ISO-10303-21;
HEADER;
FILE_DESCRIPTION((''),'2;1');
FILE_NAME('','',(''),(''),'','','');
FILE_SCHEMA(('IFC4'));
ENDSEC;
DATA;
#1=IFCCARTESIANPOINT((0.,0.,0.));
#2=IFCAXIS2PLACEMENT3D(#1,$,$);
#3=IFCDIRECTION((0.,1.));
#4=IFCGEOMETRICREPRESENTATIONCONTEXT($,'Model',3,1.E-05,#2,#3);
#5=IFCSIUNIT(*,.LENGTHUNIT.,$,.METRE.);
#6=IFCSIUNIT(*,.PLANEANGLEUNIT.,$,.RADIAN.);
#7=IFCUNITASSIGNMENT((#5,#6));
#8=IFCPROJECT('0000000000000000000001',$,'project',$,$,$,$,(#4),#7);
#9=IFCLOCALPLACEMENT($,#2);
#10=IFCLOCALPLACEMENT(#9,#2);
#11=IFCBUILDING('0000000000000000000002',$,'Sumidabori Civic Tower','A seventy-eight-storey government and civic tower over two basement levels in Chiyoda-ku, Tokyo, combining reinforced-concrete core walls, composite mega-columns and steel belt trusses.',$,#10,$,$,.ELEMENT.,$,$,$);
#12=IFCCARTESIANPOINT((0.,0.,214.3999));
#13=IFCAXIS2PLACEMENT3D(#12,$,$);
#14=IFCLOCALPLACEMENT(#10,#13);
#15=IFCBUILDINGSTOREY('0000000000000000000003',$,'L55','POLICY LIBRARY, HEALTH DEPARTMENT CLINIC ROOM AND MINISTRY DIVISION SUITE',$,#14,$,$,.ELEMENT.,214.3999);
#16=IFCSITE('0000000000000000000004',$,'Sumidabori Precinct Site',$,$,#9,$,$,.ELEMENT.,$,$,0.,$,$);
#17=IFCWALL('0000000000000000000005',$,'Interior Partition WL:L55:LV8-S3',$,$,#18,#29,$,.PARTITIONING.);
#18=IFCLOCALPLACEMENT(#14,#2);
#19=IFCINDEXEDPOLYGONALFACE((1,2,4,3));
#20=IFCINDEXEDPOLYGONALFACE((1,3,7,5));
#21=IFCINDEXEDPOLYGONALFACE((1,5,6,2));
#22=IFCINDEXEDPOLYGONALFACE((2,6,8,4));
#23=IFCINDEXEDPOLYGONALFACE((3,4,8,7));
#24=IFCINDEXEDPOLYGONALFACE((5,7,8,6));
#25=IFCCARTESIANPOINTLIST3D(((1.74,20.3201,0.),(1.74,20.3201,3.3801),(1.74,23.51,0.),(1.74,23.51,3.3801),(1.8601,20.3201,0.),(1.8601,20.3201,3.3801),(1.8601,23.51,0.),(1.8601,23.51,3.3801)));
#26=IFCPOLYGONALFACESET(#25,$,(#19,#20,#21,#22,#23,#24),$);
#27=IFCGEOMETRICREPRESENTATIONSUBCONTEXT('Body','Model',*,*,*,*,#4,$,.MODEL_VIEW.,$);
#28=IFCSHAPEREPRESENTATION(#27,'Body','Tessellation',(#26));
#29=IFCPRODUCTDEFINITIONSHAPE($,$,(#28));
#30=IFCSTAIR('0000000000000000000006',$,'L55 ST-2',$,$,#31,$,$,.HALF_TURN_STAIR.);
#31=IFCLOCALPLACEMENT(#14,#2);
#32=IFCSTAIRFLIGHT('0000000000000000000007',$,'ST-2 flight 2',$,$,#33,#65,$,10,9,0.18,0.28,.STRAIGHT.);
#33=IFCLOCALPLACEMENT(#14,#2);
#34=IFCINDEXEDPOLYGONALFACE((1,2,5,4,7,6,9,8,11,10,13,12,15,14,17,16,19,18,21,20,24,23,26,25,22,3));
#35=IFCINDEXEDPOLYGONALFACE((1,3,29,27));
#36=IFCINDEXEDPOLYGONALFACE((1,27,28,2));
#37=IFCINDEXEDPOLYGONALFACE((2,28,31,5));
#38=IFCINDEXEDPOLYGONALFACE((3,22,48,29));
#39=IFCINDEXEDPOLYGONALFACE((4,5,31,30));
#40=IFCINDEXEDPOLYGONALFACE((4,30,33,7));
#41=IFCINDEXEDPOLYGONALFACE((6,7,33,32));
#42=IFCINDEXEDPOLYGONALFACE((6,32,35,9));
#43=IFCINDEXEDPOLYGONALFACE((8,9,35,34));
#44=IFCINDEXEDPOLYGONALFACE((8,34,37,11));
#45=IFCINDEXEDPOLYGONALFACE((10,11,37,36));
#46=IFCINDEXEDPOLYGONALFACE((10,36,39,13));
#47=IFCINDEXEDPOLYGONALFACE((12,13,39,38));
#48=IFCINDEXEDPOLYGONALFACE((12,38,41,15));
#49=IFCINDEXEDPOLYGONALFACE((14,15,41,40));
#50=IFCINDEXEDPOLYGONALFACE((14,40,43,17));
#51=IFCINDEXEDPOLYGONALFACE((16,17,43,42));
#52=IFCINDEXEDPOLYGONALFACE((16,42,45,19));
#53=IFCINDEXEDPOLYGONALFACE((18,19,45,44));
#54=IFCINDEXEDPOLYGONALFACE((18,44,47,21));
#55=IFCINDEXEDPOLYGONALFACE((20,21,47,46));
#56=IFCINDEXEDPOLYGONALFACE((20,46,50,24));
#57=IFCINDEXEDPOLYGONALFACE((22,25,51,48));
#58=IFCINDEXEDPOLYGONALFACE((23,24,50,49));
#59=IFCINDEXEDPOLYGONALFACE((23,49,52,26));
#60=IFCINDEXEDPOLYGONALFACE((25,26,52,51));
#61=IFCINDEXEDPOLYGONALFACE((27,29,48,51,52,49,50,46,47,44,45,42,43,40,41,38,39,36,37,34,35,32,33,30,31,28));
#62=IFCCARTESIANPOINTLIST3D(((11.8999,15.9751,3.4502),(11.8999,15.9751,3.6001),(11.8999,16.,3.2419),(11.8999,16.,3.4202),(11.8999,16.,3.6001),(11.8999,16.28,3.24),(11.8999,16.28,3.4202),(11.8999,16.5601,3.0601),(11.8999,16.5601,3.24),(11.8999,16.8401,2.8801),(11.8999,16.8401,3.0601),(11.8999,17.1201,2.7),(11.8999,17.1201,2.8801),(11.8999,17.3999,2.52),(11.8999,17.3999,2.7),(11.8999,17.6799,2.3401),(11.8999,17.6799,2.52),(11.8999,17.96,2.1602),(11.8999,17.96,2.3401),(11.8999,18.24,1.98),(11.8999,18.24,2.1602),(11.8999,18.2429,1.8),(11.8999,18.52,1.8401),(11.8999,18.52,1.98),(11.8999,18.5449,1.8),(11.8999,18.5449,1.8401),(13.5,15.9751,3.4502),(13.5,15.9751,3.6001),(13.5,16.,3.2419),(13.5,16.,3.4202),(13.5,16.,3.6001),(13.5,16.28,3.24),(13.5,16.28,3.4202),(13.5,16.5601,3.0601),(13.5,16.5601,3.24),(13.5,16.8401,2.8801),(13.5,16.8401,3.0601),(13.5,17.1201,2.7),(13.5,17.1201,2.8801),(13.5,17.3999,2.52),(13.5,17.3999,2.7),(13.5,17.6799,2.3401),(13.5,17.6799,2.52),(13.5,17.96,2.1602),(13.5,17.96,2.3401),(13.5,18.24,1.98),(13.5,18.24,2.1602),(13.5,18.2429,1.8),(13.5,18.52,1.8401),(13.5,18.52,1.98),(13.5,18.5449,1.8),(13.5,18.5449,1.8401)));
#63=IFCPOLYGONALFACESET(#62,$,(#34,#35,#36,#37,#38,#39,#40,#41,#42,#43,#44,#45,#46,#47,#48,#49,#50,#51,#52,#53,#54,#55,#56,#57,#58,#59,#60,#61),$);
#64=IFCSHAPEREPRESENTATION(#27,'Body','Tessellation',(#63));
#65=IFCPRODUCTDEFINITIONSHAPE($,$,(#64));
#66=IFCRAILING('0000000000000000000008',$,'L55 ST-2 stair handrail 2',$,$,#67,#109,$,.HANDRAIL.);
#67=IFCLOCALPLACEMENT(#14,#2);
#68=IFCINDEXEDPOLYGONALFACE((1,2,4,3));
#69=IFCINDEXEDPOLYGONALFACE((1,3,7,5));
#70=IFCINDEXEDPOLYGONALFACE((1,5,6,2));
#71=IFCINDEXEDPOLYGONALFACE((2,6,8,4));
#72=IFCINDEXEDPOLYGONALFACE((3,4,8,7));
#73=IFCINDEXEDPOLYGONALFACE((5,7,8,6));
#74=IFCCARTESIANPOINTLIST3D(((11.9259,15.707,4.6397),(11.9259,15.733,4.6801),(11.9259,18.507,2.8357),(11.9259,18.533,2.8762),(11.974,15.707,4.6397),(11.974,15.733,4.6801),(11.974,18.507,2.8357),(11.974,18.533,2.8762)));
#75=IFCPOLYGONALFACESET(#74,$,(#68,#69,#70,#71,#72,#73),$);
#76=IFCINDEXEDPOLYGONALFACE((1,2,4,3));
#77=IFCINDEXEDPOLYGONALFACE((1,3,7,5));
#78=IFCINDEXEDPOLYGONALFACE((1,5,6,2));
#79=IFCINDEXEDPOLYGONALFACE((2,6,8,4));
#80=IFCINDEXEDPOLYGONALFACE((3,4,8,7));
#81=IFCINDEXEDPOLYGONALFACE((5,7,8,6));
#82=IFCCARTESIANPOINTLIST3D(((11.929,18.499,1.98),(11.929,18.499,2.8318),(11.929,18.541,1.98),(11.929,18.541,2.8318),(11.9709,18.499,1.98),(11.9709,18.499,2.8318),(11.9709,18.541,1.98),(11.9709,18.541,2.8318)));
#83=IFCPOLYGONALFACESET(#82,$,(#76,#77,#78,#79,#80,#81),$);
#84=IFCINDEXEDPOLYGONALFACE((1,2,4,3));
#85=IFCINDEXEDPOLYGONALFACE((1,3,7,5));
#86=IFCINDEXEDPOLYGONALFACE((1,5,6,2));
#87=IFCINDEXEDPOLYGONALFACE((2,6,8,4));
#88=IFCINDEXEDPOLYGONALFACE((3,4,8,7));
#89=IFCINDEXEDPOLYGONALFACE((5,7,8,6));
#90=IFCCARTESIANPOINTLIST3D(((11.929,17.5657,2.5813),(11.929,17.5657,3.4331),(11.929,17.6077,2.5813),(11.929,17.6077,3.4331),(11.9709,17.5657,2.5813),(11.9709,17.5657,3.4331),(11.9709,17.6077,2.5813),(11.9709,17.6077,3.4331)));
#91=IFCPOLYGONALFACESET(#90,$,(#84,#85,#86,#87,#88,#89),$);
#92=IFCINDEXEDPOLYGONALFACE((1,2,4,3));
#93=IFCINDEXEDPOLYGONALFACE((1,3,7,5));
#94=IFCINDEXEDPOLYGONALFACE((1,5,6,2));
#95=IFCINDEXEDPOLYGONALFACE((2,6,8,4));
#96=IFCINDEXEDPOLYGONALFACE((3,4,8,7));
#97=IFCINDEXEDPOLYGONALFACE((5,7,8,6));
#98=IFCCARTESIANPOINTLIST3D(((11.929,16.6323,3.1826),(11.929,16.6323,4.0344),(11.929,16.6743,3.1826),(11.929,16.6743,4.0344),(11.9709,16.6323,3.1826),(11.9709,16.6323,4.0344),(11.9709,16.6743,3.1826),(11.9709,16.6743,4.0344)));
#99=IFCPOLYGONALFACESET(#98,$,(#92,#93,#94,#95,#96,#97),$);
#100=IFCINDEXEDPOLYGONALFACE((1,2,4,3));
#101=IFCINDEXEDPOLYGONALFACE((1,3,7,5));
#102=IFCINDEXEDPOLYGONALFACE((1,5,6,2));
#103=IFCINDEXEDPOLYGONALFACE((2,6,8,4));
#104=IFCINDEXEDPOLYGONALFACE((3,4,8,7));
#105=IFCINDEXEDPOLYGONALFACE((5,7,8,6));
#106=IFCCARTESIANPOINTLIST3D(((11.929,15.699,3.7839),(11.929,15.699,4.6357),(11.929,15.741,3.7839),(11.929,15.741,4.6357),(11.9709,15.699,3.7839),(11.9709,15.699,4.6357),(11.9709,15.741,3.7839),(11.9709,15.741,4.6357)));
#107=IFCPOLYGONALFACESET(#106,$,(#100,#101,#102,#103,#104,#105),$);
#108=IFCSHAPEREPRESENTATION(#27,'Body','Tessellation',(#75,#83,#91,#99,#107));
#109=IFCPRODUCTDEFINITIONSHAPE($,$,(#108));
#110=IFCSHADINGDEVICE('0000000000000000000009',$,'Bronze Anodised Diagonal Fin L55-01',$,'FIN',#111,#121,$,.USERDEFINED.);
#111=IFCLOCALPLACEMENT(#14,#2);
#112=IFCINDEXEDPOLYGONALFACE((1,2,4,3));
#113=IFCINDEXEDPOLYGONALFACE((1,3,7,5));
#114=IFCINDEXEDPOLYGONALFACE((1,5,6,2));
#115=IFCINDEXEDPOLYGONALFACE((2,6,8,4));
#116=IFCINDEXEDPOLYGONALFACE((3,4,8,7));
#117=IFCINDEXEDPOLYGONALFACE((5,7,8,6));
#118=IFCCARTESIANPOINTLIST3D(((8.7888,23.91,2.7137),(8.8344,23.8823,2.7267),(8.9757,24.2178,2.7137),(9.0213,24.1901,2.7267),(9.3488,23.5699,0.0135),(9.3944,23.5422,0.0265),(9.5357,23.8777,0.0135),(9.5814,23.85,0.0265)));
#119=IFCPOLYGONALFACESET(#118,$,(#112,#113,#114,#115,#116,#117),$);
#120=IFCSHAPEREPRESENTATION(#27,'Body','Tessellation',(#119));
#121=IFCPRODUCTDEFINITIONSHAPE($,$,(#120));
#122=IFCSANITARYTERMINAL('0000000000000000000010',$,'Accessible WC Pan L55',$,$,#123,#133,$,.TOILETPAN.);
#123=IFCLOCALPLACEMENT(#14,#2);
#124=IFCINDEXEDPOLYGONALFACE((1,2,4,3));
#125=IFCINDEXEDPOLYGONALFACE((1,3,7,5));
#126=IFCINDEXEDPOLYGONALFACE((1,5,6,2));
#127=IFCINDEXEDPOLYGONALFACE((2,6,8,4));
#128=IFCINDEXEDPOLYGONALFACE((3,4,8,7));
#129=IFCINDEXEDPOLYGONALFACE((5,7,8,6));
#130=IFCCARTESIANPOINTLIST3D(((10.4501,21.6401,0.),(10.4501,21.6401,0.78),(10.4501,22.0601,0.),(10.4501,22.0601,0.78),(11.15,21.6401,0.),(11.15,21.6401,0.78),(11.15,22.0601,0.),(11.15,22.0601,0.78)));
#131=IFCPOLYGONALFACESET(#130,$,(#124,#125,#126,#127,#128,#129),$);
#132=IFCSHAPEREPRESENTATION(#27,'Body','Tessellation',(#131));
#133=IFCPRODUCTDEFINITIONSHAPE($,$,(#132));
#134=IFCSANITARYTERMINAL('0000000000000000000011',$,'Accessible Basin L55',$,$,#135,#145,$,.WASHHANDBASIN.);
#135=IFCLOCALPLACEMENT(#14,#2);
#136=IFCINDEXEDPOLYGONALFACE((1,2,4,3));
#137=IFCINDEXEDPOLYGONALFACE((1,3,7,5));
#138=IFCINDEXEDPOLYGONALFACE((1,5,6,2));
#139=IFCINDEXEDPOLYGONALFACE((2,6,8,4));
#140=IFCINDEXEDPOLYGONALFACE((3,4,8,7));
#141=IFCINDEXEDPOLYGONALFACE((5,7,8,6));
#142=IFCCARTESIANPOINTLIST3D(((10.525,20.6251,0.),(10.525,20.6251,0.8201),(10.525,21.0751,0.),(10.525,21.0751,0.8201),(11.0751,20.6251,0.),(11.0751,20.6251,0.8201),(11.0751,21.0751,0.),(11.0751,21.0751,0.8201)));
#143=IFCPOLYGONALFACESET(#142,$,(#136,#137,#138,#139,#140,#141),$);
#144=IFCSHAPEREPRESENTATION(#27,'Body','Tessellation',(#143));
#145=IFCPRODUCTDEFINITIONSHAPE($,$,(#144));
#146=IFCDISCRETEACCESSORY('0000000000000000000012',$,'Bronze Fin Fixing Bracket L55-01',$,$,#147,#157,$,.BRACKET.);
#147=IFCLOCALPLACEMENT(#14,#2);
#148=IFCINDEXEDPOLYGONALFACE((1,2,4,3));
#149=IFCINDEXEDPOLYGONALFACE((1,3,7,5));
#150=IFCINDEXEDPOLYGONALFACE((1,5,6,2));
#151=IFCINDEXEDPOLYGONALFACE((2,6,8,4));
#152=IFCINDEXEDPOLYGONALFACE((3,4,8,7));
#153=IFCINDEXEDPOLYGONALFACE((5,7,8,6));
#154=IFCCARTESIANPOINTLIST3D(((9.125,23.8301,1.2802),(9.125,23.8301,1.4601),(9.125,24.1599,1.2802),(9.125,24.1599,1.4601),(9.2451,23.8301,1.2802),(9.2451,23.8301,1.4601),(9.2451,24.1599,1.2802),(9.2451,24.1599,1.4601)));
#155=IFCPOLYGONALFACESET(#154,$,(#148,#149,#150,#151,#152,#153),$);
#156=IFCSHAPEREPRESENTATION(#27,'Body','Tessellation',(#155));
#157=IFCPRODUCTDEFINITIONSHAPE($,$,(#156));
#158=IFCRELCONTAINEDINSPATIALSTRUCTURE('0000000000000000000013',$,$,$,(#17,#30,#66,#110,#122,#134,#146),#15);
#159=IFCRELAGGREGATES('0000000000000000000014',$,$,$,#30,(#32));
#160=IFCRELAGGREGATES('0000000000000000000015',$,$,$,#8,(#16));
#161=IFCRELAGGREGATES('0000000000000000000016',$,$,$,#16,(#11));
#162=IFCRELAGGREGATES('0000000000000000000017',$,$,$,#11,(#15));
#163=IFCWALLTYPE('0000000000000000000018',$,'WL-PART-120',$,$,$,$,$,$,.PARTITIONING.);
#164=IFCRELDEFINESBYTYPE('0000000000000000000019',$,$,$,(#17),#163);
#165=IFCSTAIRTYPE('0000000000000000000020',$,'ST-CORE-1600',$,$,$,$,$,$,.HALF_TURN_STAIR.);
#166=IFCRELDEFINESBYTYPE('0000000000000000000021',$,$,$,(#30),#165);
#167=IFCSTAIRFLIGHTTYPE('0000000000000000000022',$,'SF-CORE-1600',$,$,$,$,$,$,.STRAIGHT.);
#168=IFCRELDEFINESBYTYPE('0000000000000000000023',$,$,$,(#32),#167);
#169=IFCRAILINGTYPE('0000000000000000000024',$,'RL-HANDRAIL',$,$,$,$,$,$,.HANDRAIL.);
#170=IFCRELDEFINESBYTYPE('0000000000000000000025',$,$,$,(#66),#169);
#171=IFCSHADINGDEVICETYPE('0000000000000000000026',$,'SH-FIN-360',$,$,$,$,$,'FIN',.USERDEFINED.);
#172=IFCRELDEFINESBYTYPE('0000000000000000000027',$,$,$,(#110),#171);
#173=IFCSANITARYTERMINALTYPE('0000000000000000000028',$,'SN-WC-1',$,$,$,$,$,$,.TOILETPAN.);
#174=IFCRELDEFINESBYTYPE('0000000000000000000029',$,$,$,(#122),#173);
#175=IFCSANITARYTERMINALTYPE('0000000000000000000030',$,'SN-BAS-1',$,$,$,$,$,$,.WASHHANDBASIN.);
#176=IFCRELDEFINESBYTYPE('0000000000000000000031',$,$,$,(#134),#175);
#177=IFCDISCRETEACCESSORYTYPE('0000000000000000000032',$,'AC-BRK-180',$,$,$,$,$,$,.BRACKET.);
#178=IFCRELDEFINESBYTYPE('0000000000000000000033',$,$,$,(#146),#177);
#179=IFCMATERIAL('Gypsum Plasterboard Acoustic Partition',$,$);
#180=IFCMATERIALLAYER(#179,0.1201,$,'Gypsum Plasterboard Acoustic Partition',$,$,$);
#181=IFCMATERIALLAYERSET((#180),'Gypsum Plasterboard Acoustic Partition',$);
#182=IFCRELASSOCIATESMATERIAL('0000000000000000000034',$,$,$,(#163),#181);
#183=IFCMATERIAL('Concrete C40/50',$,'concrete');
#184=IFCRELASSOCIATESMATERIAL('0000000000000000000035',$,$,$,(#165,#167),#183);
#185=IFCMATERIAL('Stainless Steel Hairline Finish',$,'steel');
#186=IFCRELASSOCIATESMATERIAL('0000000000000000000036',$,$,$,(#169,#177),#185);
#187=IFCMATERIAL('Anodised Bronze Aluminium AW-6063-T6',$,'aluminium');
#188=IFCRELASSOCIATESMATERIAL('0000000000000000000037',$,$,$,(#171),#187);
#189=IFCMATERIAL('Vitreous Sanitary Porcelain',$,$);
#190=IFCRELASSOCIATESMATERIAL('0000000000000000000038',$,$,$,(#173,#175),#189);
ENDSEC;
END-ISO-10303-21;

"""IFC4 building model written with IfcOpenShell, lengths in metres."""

from ifc_helpers import new_model, si_unit, direction, frame, frame_2d, origin, origin_2d, place, context, subcontext, project, spatial, polyline, rectangle, outline, extrude, source, transform, mapped, material, layer, layer_set, material_profile, profile_set, type_object, element, aggregate, save


model = new_model("IFC4")

# Units and contexts
model_context = context("Model", 3, precision=1e-05, world=origin(), true_north=direction((0.0, 1.0)))
body_context = subcontext(model_context, "Body", "Model", "MODEL_VIEW")
ifc_project = project(units=[si_unit("LENGTHUNIT", "METRE"), si_unit("PLANEANGLEUNIT", "RADIAN")], contexts=[model_context])

# Site, building, storey
site_placement = place(None, origin())
site = spatial("IfcSite", under=ifc_project, at=site_placement, Name="Sumidabori Precinct Site", CompositionType="ELEMENT", RefElevation=0.0)
building_placement = place(site_placement, origin())
building = spatial("IfcBuilding", under=site, at=building_placement, Name="Sumidabori Civic Tower", Description="A seventy-eight-storey government and civic tower over two basement levels in Chiyoda-ku, Tokyo, combining reinforced-concrete core walls, composite mega-columns and steel belt trusses.", CompositionType="ELEMENT")
storey_placement = place(building_placement, frame((0.0, 0.0, 214.3999)))
storey = spatial("IfcBuildingStorey", under=building, at=storey_placement, Name="L55", Description="POLICY LIBRARY, HEALTH DEPARTMENT CLINIC ROOM AND MINISTRY DIVISION SUITE", CompositionType="ELEMENT", Elevation=214.3999)

# Shared definitions
ifc_material_1 = material(Name="Anodised Bronze Aluminium AW-6063-T6", Category="aluminium")

# Wall
ifc_material_2 = material(Name="Gypsum Plasterboard Acoustic Partition")
ifc_layer_1 = layer(ifc_material_2, 0.1201, Name="Gypsum Plasterboard Acoustic Partition")
ifc_layer_set_1 = layer_set([ifc_layer_1], Name="Gypsum Plasterboard Acoustic Partition")
wall_type_1 = type_object("IfcWallType", Name="WL-PART-120", PredefinedType="PARTITIONING", material=ifc_layer_set_1)
shared_shape_1 = source(origin(), body_context, "Body", "SweptSolid", [
    extrude(rectangle(XDim=3.1899, YDim=0.1201, at=frame_2d((1.595, 0.0))), origin(), (0.0, 0.0, 1.0), 3.3801),
])
wall_1_placement = place(storey_placement, frame((1.8, 20.3201, 0.0), z_axis=(0.0, 0.0, 1.0), x_axis=(0.0, 1.0, 0.0)))
element("IfcWall", 1, at=wall_1_placement, inside=storey, type_object=wall_type_1, Name="Interior Partition WL:L55:LV8-S3", PredefinedType="PARTITIONING", context=body_context, shape_type="MappedRepresentation", body=[
    mapped(shared_shape_1, transform((0.0, 0.0, 0.0), x_axis=(1.0, 0.0, 0.0), y_axis=(0.0, 1.0, 0.0), z_axis=(0.0, 0.0, 1.0), scale=1.0)),
])

# Stair, stair flight
ifc_material_3 = material(Name="Concrete C40/50", Category="concrete")
stair_type = type_object("IfcStairType", Name="ST-CORE-1600", PredefinedType="HALF_TURN_STAIR", material=ifc_material_3)
stair_placement = place(storey_placement, origin())
stair = element("IfcStair", 2, at=stair_placement, inside=storey, type_object=stair_type, Name="L55 ST-2", PredefinedType="HALF_TURN_STAIR")
stair_flight_type = type_object("IfcStairFlightType", Name="SF-CORE-1600", PredefinedType="STRAIGHT", material=ifc_material_3)
shared_shape_2 = source(origin(), body_context, "Body", "SweptSolid", [
    extrude(outline(polyline([(-0.0249, 0.0), (-0.0249, 0.04), (0.0, 0.04), (0.0, 0.1799), (0.28, 0.1799), (0.28, 0.3601), (0.5601, 0.3601), (0.5601, 0.54), (0.8401, 0.54), (0.8401, 0.72), (1.1201, 0.72), (1.1201, 0.8999), (1.3999, 0.8999), (1.3999, 1.0801), (1.6799, 1.0801), (1.6799, 1.26), (1.96, 1.26), (1.96, 1.4399), (2.24, 1.4399), (2.24, 1.6201), (2.52, 1.6201), (2.52, 1.8), (2.5449, 1.8), (2.5449, 1.6501), (2.52, 1.4419), (0.2771, 0.0), (-0.0249, 0.0)])), frame((0.0, 0.8, 0.0), z_axis=(0.0, -1.0, 0.0), x_axis=(1.0, 0.0, 0.0)), (0.0, 0.0, 1.0), 1.6001),
])
stair_flight_placement = place(storey_placement, frame((12.7, 18.52, 1.8), z_axis=(0.0, 0.0, 1.0), x_axis=(0.0, -1.0, 0.0)))
stair_flight = element("IfcStairFlight", 3, at=stair_flight_placement, type_object=stair_flight_type, Name="ST-2 flight 2", NumberOfRisers=10, NumberOfTreads=9, PredefinedType="STRAIGHT", RiserHeight=0.18, TreadLength=0.28, context=body_context, shape_type="MappedRepresentation", body=[
    mapped(shared_shape_2, transform((0.0, 0.0, 0.0), x_axis=(1.0, 0.0, 0.0), y_axis=(0.0, 1.0, 0.0), z_axis=(0.0, 0.0, 1.0), scale=1.0)),
])
aggregate(stair, [stair_flight])

# Railing
ifc_material_4 = material(Name="Stainless Steel Hairline Finish", Category="steel")
railing_type = type_object("IfcRailingType", Name="RL-HANDRAIL", PredefinedType="HANDRAIL", material=ifc_material_4)
railing_placement = place(storey_placement, frame((11.95, 18.52, 1.98)))
element("IfcRailing", 4, at=railing_placement, inside=storey, type_object=railing_type, Name="L55 ST-2 stair handrail 2", PredefinedType="HANDRAIL", context=body_context, shape_type="SweptSolid", body=[
    extrude(rectangle(XDim=0.0481, YDim=0.0481, at=origin_2d()), frame((0.0, 0.0, 0.876), z_axis=(0.0, -0.840642, 0.541591), x_axis=(1.0, 0.0, 0.0)), (0.0, 0.0, 1.0), 3.3308),
    extrude(rectangle(XDim=0.042, YDim=0.042, at=origin_2d()), origin(), (0.0, 0.0, 1.0), 0.8518),
    extrude(rectangle(XDim=0.042, YDim=0.042, at=origin_2d()), frame((0.0, -0.9333, 0.6013)), (0.0, 0.0, 1.0), 0.8518),
    extrude(rectangle(XDim=0.042, YDim=0.042, at=origin_2d()), frame((0.0, -1.8667, 1.2026)), (0.0, 0.0, 1.0), 0.8518),
    extrude(rectangle(XDim=0.042, YDim=0.042, at=origin_2d()), frame((0.0, -2.8, 1.804)), (0.0, 0.0, 1.0), 0.8518),
])

# Shading device
ifc_material_profile_1 = material_profile(ifc_material_1, rectangle(XDim=0.0549, YDim=0.3601, at=origin_2d()), Name="BRONZE FIN 360x55")
ifc_profile_set_1 = profile_set([ifc_material_profile_1], Name="Anodised Bronze Aluminium AW-6063-T6")
shading_device_type = type_object("IfcShadingDeviceType", Name="SH-FIN-360", ElementType="FIN", PredefinedType="USERDEFINED", material=ifc_profile_set_1)
shared_shape_3 = source(origin(), body_context, "Body", "SweptSolid", [
    extrude(rectangle(XDim=0.0549, YDim=0.3601, at=origin_2d()), origin(), (0.0, 0.0, 1.0), 2.7786),
])
shading_device_placement = place(storey_placement, frame((9.4651, 23.71, 0.02), z_axis=(-0.201565, 0.122397, 0.971798), x_axis=(0.830646, -0.504398, 0.235816)))
element("IfcShadingDevice", 5, at=shading_device_placement, inside=storey, type_object=shading_device_type, Name="Bronze Anodised Diagonal Fin L55-01", ObjectType="FIN", PredefinedType="USERDEFINED", context=body_context, shape_type="MappedRepresentation", body=[
    mapped(shared_shape_3, transform((0.0, 0.0, 0.0), x_axis=(1.0, 0.0, 0.0), y_axis=(0.0, 1.0, 0.0), z_axis=(0.0, 0.0, 1.0), scale=1.0)),
])

# Sanitary terminals
ifc_material_5 = material(Name="Vitreous Sanitary Porcelain")
sanitary_terminal_type_1 = type_object("IfcSanitaryTerminalType", Name="SN-WC-1", PredefinedType="TOILETPAN", material=ifc_material_5)
shared_shape_4 = source(origin(), body_context, "Body", "SweptSolid", [
    extrude(rectangle(XDim=0.7, YDim=0.4199, at=origin_2d()), origin(), (0.0, 0.0, 1.0), 0.78),
])
sanitary_terminal_1_placement = place(storey_placement, frame((10.8, 21.8501, 0.0), z_axis=(0.0, 0.0, 1.0), x_axis=(1.0, 0.0, 0.0)))
element("IfcSanitaryTerminal", 6, at=sanitary_terminal_1_placement, inside=storey, type_object=sanitary_terminal_type_1, Name="Accessible WC Pan L55", PredefinedType="TOILETPAN", context=body_context, shape_type="MappedRepresentation", body=[
    mapped(shared_shape_4, transform((0.0, 0.0, 0.0), x_axis=(1.0, 0.0, 0.0), y_axis=(0.0, 1.0, 0.0), z_axis=(0.0, 0.0, 1.0), scale=1.0)),
])
sanitary_terminal_type_2 = type_object("IfcSanitaryTerminalType", Name="SN-BAS-1", PredefinedType="WASHHANDBASIN", material=ifc_material_5)
shared_shape_5 = source(origin(), body_context, "Body", "SweptSolid", [
    extrude(rectangle(XDim=0.55, YDim=0.45, at=origin_2d()), origin(), (0.0, 0.0, 1.0), 0.8201),
])
sanitary_terminal_2_placement = place(storey_placement, frame((10.8, 20.8501, 0.0), z_axis=(0.0, 0.0, 1.0), x_axis=(1.0, 0.0, 0.0)))
element("IfcSanitaryTerminal", 7, at=sanitary_terminal_2_placement, inside=storey, type_object=sanitary_terminal_type_2, Name="Accessible Basin L55", PredefinedType="WASHHANDBASIN", context=body_context, shape_type="MappedRepresentation", body=[
    mapped(shared_shape_5, transform((0.0, 0.0, 0.0), x_axis=(1.0, 0.0, 0.0), y_axis=(0.0, 1.0, 0.0), z_axis=(0.0, 0.0, 1.0), scale=1.0)),
])

# Discrete accessory
ifc_material_profile_2 = material_profile(ifc_material_4, rectangle(XDim=0.1201, YDim=0.1799, at=origin_2d()), Name="STEEL BRACKET 180x120")
ifc_profile_set_2 = profile_set([ifc_material_profile_2], Name="Stainless Steel Hairline Finish")
discrete_accessory_type = type_object("IfcDiscreteAccessoryType", Name="AC-BRK-180", PredefinedType="BRACKET", material=ifc_profile_set_2)
shared_shape_6 = source(origin(), body_context, "Body", "SweptSolid", [
    extrude(rectangle(XDim=0.1201, YDim=0.1799, at=origin_2d()), origin(), (0.0, 0.0, 1.0), 0.3298),
])
discrete_accessory_placement = place(storey_placement, frame((9.1851, 23.8301, 1.3701), z_axis=(0.0, 1.0, 0.0), x_axis=(-1.0, 0.0, 0.0)))
element("IfcDiscreteAccessory", 8, at=discrete_accessory_placement, inside=storey, type_object=discrete_accessory_type, Name="Bronze Fin Fixing Bracket L55-01", PredefinedType="BRACKET", context=body_context, shape_type="MappedRepresentation", body=[
    mapped(shared_shape_6, transform((0.0, 0.0, 0.0), x_axis=(1.0, 0.0, 0.0), y_axis=(0.0, 1.0, 0.0), z_axis=(0.0, 0.0, 1.0), scale=1.0)),
])

save(model, "model.ifc")
